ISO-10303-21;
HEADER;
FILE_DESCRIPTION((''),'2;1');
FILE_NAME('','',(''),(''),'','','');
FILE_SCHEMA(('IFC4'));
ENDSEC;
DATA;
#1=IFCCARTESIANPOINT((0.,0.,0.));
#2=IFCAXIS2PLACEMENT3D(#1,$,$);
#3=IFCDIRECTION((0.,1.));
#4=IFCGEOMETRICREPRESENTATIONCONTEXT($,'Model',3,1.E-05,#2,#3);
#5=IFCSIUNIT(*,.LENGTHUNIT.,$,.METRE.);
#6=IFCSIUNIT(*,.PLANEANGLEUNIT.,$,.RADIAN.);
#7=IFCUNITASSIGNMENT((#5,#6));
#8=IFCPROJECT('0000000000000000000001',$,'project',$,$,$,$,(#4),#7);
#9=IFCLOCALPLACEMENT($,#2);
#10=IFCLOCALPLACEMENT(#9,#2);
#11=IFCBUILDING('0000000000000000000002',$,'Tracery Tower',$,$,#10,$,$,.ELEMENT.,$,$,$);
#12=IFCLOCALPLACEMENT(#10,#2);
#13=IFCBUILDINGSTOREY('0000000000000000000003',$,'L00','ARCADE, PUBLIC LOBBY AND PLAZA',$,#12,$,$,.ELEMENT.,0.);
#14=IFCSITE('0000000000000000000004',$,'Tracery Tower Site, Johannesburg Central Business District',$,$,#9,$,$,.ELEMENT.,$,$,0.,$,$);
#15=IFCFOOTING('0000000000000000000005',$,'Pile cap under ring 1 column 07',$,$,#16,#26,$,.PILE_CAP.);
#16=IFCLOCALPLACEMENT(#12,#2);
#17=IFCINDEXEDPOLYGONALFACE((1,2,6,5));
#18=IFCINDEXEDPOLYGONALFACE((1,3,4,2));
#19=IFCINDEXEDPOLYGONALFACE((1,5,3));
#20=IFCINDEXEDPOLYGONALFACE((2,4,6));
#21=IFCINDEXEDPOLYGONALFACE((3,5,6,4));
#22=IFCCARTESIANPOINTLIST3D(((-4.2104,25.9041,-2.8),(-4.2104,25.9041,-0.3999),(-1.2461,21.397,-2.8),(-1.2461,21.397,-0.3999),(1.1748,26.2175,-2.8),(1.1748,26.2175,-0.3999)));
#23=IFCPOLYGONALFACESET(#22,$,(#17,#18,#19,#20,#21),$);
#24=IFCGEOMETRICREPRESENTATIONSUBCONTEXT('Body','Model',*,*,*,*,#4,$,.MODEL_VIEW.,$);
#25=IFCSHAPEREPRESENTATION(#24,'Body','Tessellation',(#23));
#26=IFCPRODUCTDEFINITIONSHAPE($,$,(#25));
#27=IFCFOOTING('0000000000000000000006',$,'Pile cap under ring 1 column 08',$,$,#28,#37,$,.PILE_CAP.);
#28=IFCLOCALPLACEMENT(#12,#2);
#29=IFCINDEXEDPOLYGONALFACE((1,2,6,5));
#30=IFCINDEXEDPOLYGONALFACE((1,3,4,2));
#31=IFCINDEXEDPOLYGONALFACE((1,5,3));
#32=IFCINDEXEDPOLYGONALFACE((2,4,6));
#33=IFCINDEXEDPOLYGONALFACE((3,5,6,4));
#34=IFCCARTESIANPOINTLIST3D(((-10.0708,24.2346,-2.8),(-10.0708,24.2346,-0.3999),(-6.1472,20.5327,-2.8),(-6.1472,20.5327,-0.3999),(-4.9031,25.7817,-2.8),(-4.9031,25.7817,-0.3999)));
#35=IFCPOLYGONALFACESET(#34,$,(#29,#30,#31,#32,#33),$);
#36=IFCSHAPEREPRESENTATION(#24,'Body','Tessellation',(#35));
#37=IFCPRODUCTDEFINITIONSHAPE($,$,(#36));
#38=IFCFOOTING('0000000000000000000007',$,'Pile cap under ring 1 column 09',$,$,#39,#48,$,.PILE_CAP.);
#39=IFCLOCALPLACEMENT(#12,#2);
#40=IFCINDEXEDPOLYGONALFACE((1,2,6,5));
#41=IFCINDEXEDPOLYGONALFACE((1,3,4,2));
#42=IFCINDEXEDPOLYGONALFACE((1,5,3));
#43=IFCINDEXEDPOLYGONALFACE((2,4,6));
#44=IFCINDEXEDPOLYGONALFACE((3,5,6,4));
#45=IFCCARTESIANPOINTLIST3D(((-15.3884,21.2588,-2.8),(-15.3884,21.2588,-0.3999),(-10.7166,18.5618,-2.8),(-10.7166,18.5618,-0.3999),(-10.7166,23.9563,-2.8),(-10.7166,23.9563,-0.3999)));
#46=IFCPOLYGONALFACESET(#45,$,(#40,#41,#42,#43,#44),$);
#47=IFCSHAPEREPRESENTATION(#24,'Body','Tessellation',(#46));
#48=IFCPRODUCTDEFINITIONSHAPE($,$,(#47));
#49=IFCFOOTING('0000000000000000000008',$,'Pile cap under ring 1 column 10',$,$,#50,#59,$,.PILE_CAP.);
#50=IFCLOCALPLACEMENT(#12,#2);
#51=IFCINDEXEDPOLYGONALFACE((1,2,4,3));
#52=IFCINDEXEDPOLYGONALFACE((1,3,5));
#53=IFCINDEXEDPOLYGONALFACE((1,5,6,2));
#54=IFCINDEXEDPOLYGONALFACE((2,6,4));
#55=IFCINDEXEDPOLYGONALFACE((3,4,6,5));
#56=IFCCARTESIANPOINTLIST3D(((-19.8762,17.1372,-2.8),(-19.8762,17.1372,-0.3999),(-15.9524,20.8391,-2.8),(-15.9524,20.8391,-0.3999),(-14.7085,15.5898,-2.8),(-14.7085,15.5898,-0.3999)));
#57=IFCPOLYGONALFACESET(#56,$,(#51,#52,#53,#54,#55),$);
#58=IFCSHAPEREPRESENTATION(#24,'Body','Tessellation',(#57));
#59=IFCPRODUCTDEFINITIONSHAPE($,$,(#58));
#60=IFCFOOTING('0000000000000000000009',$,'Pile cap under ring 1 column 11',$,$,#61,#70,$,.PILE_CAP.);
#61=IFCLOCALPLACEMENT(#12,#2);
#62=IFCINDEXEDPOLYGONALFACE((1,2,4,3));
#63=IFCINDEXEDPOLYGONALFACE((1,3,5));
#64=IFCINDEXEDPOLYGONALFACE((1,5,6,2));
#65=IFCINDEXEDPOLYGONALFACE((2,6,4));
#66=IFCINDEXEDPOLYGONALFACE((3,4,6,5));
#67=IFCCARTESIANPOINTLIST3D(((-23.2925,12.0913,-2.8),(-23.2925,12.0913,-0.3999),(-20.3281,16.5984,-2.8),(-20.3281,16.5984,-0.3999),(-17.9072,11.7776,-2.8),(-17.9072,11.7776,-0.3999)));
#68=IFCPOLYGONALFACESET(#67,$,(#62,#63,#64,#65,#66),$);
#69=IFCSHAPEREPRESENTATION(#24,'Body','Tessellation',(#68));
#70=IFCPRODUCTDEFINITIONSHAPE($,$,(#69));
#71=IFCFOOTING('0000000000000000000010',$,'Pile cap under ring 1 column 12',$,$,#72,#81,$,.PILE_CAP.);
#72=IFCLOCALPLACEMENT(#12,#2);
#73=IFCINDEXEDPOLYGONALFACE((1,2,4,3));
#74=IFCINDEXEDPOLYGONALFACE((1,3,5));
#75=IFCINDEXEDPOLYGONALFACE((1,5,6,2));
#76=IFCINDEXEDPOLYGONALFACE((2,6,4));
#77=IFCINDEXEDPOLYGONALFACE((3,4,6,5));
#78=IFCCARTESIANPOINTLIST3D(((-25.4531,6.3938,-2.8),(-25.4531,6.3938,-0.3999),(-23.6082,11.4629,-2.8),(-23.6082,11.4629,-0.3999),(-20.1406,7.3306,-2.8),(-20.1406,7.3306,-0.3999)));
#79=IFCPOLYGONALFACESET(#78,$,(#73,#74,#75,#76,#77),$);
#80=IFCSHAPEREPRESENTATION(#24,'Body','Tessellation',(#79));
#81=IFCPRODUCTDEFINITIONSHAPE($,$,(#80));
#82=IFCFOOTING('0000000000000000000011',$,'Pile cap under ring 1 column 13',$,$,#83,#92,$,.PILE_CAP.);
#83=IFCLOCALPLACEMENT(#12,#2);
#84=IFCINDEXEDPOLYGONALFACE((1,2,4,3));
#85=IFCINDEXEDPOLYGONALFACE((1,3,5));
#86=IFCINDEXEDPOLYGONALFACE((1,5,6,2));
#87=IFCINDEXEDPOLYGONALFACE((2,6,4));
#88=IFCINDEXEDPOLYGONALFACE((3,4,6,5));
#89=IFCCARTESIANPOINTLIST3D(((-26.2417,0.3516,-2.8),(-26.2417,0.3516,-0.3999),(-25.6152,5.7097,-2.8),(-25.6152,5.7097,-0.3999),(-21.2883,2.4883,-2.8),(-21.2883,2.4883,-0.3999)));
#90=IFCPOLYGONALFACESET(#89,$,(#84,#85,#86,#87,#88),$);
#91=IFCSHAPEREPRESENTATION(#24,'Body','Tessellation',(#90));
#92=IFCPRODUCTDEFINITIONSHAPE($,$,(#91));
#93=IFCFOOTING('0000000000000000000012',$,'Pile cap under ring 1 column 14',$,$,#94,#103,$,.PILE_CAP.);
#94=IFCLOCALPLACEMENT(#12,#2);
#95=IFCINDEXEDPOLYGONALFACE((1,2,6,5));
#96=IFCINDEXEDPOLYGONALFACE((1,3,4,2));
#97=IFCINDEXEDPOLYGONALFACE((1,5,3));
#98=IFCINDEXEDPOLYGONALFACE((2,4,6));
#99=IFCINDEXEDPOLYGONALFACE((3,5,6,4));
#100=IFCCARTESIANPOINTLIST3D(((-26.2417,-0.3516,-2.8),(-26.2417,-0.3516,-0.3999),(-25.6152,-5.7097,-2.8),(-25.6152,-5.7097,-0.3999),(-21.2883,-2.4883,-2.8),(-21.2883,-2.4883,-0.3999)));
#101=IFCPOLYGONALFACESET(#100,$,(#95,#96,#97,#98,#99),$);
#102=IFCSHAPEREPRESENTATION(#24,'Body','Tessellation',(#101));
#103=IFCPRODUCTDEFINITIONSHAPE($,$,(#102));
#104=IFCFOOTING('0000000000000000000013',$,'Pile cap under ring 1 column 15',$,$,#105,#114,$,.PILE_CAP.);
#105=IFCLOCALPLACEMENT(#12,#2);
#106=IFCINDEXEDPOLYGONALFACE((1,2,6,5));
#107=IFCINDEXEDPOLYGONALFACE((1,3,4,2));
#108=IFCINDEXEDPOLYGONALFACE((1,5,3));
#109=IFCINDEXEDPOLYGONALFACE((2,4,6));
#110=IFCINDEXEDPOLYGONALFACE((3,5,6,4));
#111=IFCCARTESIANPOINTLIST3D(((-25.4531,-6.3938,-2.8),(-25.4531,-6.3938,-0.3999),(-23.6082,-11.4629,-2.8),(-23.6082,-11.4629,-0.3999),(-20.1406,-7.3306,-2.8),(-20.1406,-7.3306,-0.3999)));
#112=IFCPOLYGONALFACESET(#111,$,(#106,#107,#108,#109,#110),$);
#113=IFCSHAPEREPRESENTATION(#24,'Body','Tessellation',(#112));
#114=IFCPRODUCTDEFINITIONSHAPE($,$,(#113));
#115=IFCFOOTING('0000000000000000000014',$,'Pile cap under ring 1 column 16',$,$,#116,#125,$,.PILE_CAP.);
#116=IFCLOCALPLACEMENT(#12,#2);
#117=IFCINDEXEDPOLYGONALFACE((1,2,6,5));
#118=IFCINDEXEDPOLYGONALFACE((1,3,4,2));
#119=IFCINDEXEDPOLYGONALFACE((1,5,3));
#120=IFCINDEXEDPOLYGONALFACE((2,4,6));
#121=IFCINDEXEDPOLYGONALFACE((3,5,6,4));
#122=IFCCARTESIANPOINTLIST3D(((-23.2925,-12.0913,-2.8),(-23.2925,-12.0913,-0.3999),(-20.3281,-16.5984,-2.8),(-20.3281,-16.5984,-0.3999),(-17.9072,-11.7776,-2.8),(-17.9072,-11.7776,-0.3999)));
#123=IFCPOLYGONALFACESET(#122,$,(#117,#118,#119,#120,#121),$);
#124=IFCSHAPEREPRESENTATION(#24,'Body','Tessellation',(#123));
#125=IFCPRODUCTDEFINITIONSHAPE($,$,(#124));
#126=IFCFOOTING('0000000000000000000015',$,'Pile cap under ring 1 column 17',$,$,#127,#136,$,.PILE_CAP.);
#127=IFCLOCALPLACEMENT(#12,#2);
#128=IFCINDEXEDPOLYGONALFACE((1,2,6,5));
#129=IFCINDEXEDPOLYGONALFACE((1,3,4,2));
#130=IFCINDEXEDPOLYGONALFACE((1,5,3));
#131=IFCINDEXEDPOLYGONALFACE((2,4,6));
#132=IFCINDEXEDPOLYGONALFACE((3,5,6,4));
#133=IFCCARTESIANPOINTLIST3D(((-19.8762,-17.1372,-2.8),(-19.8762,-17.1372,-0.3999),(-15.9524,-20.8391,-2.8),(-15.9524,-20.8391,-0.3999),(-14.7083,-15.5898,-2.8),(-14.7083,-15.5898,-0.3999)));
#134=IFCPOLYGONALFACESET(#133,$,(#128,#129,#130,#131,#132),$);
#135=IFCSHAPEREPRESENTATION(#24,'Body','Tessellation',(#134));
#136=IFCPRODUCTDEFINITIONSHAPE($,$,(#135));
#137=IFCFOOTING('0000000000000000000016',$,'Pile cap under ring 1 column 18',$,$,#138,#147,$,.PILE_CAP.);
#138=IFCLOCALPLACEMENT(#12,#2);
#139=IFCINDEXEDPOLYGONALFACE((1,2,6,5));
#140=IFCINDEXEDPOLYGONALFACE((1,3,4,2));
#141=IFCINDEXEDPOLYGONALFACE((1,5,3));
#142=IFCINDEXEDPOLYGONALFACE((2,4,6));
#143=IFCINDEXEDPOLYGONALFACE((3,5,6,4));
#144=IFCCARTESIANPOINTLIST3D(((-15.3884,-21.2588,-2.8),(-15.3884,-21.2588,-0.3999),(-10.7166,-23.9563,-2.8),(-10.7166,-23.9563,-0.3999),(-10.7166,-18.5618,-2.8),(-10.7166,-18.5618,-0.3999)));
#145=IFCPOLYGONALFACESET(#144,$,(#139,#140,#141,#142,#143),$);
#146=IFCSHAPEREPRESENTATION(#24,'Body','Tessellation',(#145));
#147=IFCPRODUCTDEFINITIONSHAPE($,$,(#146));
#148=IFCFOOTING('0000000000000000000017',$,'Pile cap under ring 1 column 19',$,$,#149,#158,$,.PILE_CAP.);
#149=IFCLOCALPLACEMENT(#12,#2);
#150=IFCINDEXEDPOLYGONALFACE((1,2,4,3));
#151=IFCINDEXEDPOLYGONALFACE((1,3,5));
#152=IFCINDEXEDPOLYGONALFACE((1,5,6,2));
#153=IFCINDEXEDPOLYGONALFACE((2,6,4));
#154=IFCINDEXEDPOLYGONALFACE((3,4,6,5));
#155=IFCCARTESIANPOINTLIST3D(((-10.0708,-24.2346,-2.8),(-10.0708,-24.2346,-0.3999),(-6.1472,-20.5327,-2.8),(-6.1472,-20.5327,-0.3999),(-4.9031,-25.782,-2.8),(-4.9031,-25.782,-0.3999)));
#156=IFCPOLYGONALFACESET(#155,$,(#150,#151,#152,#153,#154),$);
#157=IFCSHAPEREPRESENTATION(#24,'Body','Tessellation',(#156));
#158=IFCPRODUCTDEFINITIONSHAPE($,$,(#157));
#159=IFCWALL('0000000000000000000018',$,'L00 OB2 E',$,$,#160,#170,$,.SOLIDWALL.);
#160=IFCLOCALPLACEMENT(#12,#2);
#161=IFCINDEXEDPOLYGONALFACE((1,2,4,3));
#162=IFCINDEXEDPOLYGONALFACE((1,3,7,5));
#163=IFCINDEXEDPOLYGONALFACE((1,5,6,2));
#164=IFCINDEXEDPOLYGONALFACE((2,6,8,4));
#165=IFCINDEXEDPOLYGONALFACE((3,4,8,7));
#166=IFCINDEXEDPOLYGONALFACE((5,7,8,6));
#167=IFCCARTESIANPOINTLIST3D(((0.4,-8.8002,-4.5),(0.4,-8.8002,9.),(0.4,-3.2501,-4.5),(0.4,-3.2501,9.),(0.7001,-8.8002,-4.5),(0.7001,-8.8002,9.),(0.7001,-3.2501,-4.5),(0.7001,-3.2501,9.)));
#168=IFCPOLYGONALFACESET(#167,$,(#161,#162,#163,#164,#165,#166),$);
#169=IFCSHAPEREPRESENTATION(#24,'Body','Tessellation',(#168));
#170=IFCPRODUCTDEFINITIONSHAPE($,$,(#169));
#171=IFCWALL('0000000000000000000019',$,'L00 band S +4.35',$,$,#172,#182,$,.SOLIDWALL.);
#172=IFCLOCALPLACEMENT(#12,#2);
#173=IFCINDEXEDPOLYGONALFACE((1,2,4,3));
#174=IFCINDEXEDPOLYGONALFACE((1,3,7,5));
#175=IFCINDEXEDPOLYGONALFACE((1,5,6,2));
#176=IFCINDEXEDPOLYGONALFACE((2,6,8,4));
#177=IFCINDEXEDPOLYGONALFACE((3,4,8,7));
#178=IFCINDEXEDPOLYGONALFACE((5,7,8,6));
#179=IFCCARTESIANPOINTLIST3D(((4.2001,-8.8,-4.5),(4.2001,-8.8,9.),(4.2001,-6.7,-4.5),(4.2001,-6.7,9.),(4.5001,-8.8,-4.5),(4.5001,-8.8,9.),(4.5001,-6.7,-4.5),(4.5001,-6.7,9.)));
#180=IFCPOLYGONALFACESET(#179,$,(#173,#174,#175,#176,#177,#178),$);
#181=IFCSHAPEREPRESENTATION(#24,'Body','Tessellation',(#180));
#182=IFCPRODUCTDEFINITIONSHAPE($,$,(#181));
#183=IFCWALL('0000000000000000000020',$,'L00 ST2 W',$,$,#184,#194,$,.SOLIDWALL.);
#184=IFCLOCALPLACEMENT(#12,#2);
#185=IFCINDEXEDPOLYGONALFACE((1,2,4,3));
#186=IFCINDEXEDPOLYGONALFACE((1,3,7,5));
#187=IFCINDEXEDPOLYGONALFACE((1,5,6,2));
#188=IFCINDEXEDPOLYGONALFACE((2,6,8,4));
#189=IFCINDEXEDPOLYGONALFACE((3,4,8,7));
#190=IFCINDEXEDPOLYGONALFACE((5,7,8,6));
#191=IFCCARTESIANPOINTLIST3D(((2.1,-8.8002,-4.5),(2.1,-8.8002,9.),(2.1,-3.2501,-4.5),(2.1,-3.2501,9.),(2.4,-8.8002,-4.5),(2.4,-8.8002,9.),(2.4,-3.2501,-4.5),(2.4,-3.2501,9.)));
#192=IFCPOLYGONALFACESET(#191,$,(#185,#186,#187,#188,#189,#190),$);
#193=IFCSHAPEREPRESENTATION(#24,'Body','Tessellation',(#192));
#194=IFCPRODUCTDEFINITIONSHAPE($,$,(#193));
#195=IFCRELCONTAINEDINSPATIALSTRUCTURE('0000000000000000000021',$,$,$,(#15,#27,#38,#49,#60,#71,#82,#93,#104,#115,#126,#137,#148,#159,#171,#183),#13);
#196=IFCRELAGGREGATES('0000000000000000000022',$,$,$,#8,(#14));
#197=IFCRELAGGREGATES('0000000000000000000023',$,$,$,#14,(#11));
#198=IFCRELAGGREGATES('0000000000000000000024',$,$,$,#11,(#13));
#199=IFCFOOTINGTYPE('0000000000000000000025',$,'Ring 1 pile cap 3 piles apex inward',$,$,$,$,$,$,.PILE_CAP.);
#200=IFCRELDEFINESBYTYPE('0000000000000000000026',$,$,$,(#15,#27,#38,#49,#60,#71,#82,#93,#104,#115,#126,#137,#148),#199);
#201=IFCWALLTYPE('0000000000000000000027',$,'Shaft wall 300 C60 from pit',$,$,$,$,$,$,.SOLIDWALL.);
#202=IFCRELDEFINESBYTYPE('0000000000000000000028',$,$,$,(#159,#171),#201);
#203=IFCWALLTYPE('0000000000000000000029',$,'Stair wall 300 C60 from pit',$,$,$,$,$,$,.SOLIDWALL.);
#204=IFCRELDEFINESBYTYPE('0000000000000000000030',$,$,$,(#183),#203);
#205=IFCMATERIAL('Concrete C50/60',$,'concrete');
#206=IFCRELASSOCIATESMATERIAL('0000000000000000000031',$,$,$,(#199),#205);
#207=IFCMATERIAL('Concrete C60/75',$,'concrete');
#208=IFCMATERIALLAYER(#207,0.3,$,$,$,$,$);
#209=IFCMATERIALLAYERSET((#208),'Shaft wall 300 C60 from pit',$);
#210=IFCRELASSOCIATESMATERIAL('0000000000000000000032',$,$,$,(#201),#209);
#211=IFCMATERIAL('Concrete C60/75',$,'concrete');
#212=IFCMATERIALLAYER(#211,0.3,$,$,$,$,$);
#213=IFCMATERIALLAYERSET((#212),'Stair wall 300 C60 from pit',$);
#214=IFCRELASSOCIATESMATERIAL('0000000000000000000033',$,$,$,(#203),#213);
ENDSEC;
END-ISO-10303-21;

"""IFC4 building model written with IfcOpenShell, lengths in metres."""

from ifc_helpers import new_model, si_unit, direction, frame, frame_2d, origin, place, context, subcontext, project, spatial, polyline, rectangle, outline, extrude, material, layer, layer_set, type_object, element, save


model = new_model("IFC4")

# Units and contexts
model_context = context("Model", 3, precision=1e-05, world=origin(), true_north=direction((0.0, 1.0)))
body_context = subcontext(model_context, "Body", "Model", "MODEL_VIEW")
ifc_project = project(units=[si_unit("LENGTHUNIT", "METRE"), si_unit("PLANEANGLEUNIT", "RADIAN")], contexts=[model_context])

# Site, building, storey
site_placement = place(None, origin())
site = spatial("IfcSite", under=ifc_project, at=site_placement, Name="Tracery Tower Site, Johannesburg Central Business District", CompositionType="ELEMENT", RefElevation=0.0)
building_placement = place(site_placement, origin())
building = spatial("IfcBuilding", under=site, at=building_placement, Name="Tracery Tower", CompositionType="ELEMENT")
storey_placement = place(building_placement, origin())
storey = spatial("IfcBuildingStorey", under=building, at=storey_placement, Name="L00", Description="ARCADE, PUBLIC LOBBY AND PLAZA", CompositionType="ELEMENT", Elevation=0.0)

# Footings
ifc_material_1 = material(Name="Concrete C50/60", Category="concrete")
footing_type = type_object("IfcFootingType", Name="Ring 1 pile cap 3 piles apex inward", PredefinedType="PILE_CAP", material=ifc_material_1)
footing_1_placement = place(storey_placement, frame((0.0, 0.0, -2.8)))
element("IfcFooting", 1, at=footing_1_placement, inside=storey, type_object=footing_type, Name="Pile cap under ring 1 column 07", PredefinedType="PILE_CAP", context=body_context, shape_type="SweptSolid", body=[
    extrude(outline(polyline([(-4.2104, 25.9041), (-1.2461, 21.397), (1.1748, 26.2175), (-4.2104, 25.9041)])), origin(), (0.0, 0.0, 1.0), 2.4001),
])
footing_2_placement = place(storey_placement, frame((0.0, 0.0, -2.8)))
element("IfcFooting", 2, at=footing_2_placement, inside=storey, type_object=footing_type, Name="Pile cap under ring 1 column 08", PredefinedType="PILE_CAP", context=body_context, shape_type="SweptSolid", body=[
    extrude(outline(polyline([(-10.0708, 24.2346), (-6.1472, 20.5327), (-4.9031, 25.7817), (-10.0708, 24.2346)])), origin(), (0.0, 0.0, 1.0), 2.4001),
])
footing_3_placement = place(storey_placement, frame((0.0, 0.0, -2.8)))
element("IfcFooting", 3, at=footing_3_placement, inside=storey, type_object=footing_type, Name="Pile cap under ring 1 column 09", PredefinedType="PILE_CAP", context=body_context, shape_type="SweptSolid", body=[
    extrude(outline(polyline([(-15.3884, 21.2588), (-10.7166, 18.5618), (-10.7166, 23.9563), (-15.3884, 21.2588)])), origin(), (0.0, 0.0, 1.0), 2.4001),
])
footing_4_placement = place(storey_placement, frame((0.0, 0.0, -2.8)))
element("IfcFooting", 4, at=footing_4_placement, inside=storey, type_object=footing_type, Name="Pile cap under ring 1 column 10", PredefinedType="PILE_CAP", context=body_context, shape_type="SweptSolid", body=[
    extrude(outline(polyline([(-19.8762, 17.1372), (-14.7085, 15.5898), (-15.9524, 20.8391), (-19.8762, 17.1372)])), origin(), (0.0, 0.0, 1.0), 2.4001),
])
footing_5_placement = place(storey_placement, frame((0.0, 0.0, -2.8)))
element("IfcFooting", 5, at=footing_5_placement, inside=storey, type_object=footing_type, Name="Pile cap under ring 1 column 11", PredefinedType="PILE_CAP", context=body_context, shape_type="SweptSolid", body=[
    extrude(outline(polyline([(-23.2925, 12.0913), (-17.9072, 11.7776), (-20.3281, 16.5984), (-23.2925, 12.0913)])), origin(), (0.0, 0.0, 1.0), 2.4001),
])
footing_6_placement = place(storey_placement, frame((0.0, 0.0, -2.8)))
element("IfcFooting", 6, at=footing_6_placement, inside=storey, type_object=footing_type, Name="Pile cap under ring 1 column 12", PredefinedType="PILE_CAP", context=body_context, shape_type="SweptSolid", body=[
    extrude(outline(polyline([(-25.4531, 6.3938), (-20.1406, 7.3306), (-23.6082, 11.4629), (-25.4531, 6.3938)])), origin(), (0.0, 0.0, 1.0), 2.4001),
])
footing_7_placement = place(storey_placement, frame((0.0, 0.0, -2.8)))
element("IfcFooting", 7, at=footing_7_placement, inside=storey, type_object=footing_type, Name="Pile cap under ring 1 column 13", PredefinedType="PILE_CAP", context=body_context, shape_type="SweptSolid", body=[
    extrude(outline(polyline([(-26.2417, 0.3516), (-21.2883, 2.4883), (-25.6152, 5.7097), (-26.2417, 0.3516)])), origin(), (0.0, 0.0, 1.0), 2.4001),
])
footing_8_placement = place(storey_placement, frame((0.0, 0.0, -2.8)))
element("IfcFooting", 8, at=footing_8_placement, inside=storey, type_object=footing_type, Name="Pile cap under ring 1 column 14", PredefinedType="PILE_CAP", context=body_context, shape_type="SweptSolid", body=[
    extrude(outline(polyline([(-25.6152, -5.7097), (-21.2883, -2.4883), (-26.2417, -0.3516), (-25.6152, -5.7097)])), origin(), (0.0, 0.0, 1.0), 2.4001),
])
footing_9_placement = place(storey_placement, frame((0.0, 0.0, -2.8)))
element("IfcFooting", 9, at=footing_9_placement, inside=storey, type_object=footing_type, Name="Pile cap under ring 1 column 15", PredefinedType="PILE_CAP", context=body_context, shape_type="SweptSolid", body=[
    extrude(outline(polyline([(-23.6082, -11.4629), (-20.1406, -7.3306), (-25.4531, -6.3938), (-23.6082, -11.4629)])), origin(), (0.0, 0.0, 1.0), 2.4001),
])
footing_10_placement = place(storey_placement, frame((0.0, 0.0, -2.8)))
element("IfcFooting", 10, at=footing_10_placement, inside=storey, type_object=footing_type, Name="Pile cap under ring 1 column 16", PredefinedType="PILE_CAP", context=body_context, shape_type="SweptSolid", body=[
    extrude(outline(polyline([(-20.3281, -16.5984), (-17.9072, -11.7776), (-23.2925, -12.0913), (-20.3281, -16.5984)])), origin(), (0.0, 0.0, 1.0), 2.4001),
])
footing_11_placement = place(storey_placement, frame((0.0, 0.0, -2.8)))
element("IfcFooting", 11, at=footing_11_placement, inside=storey, type_object=footing_type, Name="Pile cap under ring 1 column 17", PredefinedType="PILE_CAP", context=body_context, shape_type="SweptSolid", body=[
    extrude(outline(polyline([(-15.9524, -20.8391), (-14.7083, -15.5898), (-19.8762, -17.1372), (-15.9524, -20.8391)])), origin(), (0.0, 0.0, 1.0), 2.4001),
])
footing_12_placement = place(storey_placement, frame((0.0, 0.0, -2.8)))
element("IfcFooting", 12, at=footing_12_placement, inside=storey, type_object=footing_type, Name="Pile cap under ring 1 column 18", PredefinedType="PILE_CAP", context=body_context, shape_type="SweptSolid", body=[
    extrude(outline(polyline([(-10.7166, -23.9563), (-10.7166, -18.5618), (-15.3884, -21.2588), (-10.7166, -23.9563)])), origin(), (0.0, 0.0, 1.0), 2.4001),
])
footing_13_placement = place(storey_placement, frame((0.0, 0.0, -2.8)))
element("IfcFooting", 13, at=footing_13_placement, inside=storey, type_object=footing_type, Name="Pile cap under ring 1 column 19", PredefinedType="PILE_CAP", context=body_context, shape_type="SweptSolid", body=[
    extrude(outline(polyline([(-4.9031, -25.782), (-6.1472, -20.5327), (-10.0708, -24.2346), (-4.9031, -25.782)])), origin(), (0.0, 0.0, 1.0), 2.4001),
])

# Walls
ifc_material_2 = material(Name="Concrete C60/75", Category="concrete")
ifc_layer_1 = layer(ifc_material_2, 0.3)
ifc_layer_set_1 = layer_set([ifc_layer_1], Name="Shaft wall 300 C60 from pit")
wall_type_1 = type_object("IfcWallType", Name="Shaft wall 300 C60 from pit", PredefinedType="SOLIDWALL", material=ifc_layer_set_1)
wall_1_placement = place(storey_placement, frame((0.55, -8.8, -4.5), z_axis=(0.0, 0.0, 1.0), x_axis=(0.0, 1.0, 0.0)))
element("IfcWall", 14, at=wall_1_placement, inside=storey, type_object=wall_type_1, Name="L00 OB2 E", PredefinedType="SOLIDWALL", context=body_context, shape_type="SweptSolid", body=[
    extrude(rectangle(XDim=5.55, YDim=0.3, at=frame_2d((2.7749, 0.0))), origin(), (0.0, 0.0, 1.0), 13.5),
])
wall_2_placement = place(storey_placement, frame((4.3501, -8.8, -4.5), z_axis=(0.0, 0.0, 1.0), x_axis=(0.0, 1.0, 0.0)))
element("IfcWall", 15, at=wall_2_placement, inside=storey, type_object=wall_type_1, Name="L00 band S +4.35", PredefinedType="SOLIDWALL", context=body_context, shape_type="SweptSolid", body=[
    extrude(rectangle(XDim=2.1001, YDim=0.3, at=frame_2d((1.05, 0.0))), origin(), (0.0, 0.0, 1.0), 13.5),
])

# Shared definitions
ifc_material_3 = material(Name="Concrete C60/75", Category="concrete")
ifc_layer_2 = layer(ifc_material_3, 0.3)
ifc_layer_set_2 = layer_set([ifc_layer_2], Name="Stair wall 300 C60 from pit")
wall_type_2 = type_object("IfcWallType", Name="Stair wall 300 C60 from pit", PredefinedType="SOLIDWALL", material=ifc_layer_set_2)

# Wall
wall_3_placement = place(storey_placement, frame((2.25, -8.8, -4.5), z_axis=(0.0, 0.0, 1.0), x_axis=(0.0, 1.0, 0.0)))
element("IfcWall", 16, at=wall_3_placement, inside=storey, type_object=wall_type_2, Name="L00 ST2 W", PredefinedType="SOLIDWALL", context=body_context, shape_type="SweptSolid", body=[
    extrude(rectangle(XDim=5.55, YDim=0.3, at=frame_2d((2.7749, 0.0))), origin(), (0.0, 0.0, 1.0), 13.5),
])

save(model, "model.ifc")
